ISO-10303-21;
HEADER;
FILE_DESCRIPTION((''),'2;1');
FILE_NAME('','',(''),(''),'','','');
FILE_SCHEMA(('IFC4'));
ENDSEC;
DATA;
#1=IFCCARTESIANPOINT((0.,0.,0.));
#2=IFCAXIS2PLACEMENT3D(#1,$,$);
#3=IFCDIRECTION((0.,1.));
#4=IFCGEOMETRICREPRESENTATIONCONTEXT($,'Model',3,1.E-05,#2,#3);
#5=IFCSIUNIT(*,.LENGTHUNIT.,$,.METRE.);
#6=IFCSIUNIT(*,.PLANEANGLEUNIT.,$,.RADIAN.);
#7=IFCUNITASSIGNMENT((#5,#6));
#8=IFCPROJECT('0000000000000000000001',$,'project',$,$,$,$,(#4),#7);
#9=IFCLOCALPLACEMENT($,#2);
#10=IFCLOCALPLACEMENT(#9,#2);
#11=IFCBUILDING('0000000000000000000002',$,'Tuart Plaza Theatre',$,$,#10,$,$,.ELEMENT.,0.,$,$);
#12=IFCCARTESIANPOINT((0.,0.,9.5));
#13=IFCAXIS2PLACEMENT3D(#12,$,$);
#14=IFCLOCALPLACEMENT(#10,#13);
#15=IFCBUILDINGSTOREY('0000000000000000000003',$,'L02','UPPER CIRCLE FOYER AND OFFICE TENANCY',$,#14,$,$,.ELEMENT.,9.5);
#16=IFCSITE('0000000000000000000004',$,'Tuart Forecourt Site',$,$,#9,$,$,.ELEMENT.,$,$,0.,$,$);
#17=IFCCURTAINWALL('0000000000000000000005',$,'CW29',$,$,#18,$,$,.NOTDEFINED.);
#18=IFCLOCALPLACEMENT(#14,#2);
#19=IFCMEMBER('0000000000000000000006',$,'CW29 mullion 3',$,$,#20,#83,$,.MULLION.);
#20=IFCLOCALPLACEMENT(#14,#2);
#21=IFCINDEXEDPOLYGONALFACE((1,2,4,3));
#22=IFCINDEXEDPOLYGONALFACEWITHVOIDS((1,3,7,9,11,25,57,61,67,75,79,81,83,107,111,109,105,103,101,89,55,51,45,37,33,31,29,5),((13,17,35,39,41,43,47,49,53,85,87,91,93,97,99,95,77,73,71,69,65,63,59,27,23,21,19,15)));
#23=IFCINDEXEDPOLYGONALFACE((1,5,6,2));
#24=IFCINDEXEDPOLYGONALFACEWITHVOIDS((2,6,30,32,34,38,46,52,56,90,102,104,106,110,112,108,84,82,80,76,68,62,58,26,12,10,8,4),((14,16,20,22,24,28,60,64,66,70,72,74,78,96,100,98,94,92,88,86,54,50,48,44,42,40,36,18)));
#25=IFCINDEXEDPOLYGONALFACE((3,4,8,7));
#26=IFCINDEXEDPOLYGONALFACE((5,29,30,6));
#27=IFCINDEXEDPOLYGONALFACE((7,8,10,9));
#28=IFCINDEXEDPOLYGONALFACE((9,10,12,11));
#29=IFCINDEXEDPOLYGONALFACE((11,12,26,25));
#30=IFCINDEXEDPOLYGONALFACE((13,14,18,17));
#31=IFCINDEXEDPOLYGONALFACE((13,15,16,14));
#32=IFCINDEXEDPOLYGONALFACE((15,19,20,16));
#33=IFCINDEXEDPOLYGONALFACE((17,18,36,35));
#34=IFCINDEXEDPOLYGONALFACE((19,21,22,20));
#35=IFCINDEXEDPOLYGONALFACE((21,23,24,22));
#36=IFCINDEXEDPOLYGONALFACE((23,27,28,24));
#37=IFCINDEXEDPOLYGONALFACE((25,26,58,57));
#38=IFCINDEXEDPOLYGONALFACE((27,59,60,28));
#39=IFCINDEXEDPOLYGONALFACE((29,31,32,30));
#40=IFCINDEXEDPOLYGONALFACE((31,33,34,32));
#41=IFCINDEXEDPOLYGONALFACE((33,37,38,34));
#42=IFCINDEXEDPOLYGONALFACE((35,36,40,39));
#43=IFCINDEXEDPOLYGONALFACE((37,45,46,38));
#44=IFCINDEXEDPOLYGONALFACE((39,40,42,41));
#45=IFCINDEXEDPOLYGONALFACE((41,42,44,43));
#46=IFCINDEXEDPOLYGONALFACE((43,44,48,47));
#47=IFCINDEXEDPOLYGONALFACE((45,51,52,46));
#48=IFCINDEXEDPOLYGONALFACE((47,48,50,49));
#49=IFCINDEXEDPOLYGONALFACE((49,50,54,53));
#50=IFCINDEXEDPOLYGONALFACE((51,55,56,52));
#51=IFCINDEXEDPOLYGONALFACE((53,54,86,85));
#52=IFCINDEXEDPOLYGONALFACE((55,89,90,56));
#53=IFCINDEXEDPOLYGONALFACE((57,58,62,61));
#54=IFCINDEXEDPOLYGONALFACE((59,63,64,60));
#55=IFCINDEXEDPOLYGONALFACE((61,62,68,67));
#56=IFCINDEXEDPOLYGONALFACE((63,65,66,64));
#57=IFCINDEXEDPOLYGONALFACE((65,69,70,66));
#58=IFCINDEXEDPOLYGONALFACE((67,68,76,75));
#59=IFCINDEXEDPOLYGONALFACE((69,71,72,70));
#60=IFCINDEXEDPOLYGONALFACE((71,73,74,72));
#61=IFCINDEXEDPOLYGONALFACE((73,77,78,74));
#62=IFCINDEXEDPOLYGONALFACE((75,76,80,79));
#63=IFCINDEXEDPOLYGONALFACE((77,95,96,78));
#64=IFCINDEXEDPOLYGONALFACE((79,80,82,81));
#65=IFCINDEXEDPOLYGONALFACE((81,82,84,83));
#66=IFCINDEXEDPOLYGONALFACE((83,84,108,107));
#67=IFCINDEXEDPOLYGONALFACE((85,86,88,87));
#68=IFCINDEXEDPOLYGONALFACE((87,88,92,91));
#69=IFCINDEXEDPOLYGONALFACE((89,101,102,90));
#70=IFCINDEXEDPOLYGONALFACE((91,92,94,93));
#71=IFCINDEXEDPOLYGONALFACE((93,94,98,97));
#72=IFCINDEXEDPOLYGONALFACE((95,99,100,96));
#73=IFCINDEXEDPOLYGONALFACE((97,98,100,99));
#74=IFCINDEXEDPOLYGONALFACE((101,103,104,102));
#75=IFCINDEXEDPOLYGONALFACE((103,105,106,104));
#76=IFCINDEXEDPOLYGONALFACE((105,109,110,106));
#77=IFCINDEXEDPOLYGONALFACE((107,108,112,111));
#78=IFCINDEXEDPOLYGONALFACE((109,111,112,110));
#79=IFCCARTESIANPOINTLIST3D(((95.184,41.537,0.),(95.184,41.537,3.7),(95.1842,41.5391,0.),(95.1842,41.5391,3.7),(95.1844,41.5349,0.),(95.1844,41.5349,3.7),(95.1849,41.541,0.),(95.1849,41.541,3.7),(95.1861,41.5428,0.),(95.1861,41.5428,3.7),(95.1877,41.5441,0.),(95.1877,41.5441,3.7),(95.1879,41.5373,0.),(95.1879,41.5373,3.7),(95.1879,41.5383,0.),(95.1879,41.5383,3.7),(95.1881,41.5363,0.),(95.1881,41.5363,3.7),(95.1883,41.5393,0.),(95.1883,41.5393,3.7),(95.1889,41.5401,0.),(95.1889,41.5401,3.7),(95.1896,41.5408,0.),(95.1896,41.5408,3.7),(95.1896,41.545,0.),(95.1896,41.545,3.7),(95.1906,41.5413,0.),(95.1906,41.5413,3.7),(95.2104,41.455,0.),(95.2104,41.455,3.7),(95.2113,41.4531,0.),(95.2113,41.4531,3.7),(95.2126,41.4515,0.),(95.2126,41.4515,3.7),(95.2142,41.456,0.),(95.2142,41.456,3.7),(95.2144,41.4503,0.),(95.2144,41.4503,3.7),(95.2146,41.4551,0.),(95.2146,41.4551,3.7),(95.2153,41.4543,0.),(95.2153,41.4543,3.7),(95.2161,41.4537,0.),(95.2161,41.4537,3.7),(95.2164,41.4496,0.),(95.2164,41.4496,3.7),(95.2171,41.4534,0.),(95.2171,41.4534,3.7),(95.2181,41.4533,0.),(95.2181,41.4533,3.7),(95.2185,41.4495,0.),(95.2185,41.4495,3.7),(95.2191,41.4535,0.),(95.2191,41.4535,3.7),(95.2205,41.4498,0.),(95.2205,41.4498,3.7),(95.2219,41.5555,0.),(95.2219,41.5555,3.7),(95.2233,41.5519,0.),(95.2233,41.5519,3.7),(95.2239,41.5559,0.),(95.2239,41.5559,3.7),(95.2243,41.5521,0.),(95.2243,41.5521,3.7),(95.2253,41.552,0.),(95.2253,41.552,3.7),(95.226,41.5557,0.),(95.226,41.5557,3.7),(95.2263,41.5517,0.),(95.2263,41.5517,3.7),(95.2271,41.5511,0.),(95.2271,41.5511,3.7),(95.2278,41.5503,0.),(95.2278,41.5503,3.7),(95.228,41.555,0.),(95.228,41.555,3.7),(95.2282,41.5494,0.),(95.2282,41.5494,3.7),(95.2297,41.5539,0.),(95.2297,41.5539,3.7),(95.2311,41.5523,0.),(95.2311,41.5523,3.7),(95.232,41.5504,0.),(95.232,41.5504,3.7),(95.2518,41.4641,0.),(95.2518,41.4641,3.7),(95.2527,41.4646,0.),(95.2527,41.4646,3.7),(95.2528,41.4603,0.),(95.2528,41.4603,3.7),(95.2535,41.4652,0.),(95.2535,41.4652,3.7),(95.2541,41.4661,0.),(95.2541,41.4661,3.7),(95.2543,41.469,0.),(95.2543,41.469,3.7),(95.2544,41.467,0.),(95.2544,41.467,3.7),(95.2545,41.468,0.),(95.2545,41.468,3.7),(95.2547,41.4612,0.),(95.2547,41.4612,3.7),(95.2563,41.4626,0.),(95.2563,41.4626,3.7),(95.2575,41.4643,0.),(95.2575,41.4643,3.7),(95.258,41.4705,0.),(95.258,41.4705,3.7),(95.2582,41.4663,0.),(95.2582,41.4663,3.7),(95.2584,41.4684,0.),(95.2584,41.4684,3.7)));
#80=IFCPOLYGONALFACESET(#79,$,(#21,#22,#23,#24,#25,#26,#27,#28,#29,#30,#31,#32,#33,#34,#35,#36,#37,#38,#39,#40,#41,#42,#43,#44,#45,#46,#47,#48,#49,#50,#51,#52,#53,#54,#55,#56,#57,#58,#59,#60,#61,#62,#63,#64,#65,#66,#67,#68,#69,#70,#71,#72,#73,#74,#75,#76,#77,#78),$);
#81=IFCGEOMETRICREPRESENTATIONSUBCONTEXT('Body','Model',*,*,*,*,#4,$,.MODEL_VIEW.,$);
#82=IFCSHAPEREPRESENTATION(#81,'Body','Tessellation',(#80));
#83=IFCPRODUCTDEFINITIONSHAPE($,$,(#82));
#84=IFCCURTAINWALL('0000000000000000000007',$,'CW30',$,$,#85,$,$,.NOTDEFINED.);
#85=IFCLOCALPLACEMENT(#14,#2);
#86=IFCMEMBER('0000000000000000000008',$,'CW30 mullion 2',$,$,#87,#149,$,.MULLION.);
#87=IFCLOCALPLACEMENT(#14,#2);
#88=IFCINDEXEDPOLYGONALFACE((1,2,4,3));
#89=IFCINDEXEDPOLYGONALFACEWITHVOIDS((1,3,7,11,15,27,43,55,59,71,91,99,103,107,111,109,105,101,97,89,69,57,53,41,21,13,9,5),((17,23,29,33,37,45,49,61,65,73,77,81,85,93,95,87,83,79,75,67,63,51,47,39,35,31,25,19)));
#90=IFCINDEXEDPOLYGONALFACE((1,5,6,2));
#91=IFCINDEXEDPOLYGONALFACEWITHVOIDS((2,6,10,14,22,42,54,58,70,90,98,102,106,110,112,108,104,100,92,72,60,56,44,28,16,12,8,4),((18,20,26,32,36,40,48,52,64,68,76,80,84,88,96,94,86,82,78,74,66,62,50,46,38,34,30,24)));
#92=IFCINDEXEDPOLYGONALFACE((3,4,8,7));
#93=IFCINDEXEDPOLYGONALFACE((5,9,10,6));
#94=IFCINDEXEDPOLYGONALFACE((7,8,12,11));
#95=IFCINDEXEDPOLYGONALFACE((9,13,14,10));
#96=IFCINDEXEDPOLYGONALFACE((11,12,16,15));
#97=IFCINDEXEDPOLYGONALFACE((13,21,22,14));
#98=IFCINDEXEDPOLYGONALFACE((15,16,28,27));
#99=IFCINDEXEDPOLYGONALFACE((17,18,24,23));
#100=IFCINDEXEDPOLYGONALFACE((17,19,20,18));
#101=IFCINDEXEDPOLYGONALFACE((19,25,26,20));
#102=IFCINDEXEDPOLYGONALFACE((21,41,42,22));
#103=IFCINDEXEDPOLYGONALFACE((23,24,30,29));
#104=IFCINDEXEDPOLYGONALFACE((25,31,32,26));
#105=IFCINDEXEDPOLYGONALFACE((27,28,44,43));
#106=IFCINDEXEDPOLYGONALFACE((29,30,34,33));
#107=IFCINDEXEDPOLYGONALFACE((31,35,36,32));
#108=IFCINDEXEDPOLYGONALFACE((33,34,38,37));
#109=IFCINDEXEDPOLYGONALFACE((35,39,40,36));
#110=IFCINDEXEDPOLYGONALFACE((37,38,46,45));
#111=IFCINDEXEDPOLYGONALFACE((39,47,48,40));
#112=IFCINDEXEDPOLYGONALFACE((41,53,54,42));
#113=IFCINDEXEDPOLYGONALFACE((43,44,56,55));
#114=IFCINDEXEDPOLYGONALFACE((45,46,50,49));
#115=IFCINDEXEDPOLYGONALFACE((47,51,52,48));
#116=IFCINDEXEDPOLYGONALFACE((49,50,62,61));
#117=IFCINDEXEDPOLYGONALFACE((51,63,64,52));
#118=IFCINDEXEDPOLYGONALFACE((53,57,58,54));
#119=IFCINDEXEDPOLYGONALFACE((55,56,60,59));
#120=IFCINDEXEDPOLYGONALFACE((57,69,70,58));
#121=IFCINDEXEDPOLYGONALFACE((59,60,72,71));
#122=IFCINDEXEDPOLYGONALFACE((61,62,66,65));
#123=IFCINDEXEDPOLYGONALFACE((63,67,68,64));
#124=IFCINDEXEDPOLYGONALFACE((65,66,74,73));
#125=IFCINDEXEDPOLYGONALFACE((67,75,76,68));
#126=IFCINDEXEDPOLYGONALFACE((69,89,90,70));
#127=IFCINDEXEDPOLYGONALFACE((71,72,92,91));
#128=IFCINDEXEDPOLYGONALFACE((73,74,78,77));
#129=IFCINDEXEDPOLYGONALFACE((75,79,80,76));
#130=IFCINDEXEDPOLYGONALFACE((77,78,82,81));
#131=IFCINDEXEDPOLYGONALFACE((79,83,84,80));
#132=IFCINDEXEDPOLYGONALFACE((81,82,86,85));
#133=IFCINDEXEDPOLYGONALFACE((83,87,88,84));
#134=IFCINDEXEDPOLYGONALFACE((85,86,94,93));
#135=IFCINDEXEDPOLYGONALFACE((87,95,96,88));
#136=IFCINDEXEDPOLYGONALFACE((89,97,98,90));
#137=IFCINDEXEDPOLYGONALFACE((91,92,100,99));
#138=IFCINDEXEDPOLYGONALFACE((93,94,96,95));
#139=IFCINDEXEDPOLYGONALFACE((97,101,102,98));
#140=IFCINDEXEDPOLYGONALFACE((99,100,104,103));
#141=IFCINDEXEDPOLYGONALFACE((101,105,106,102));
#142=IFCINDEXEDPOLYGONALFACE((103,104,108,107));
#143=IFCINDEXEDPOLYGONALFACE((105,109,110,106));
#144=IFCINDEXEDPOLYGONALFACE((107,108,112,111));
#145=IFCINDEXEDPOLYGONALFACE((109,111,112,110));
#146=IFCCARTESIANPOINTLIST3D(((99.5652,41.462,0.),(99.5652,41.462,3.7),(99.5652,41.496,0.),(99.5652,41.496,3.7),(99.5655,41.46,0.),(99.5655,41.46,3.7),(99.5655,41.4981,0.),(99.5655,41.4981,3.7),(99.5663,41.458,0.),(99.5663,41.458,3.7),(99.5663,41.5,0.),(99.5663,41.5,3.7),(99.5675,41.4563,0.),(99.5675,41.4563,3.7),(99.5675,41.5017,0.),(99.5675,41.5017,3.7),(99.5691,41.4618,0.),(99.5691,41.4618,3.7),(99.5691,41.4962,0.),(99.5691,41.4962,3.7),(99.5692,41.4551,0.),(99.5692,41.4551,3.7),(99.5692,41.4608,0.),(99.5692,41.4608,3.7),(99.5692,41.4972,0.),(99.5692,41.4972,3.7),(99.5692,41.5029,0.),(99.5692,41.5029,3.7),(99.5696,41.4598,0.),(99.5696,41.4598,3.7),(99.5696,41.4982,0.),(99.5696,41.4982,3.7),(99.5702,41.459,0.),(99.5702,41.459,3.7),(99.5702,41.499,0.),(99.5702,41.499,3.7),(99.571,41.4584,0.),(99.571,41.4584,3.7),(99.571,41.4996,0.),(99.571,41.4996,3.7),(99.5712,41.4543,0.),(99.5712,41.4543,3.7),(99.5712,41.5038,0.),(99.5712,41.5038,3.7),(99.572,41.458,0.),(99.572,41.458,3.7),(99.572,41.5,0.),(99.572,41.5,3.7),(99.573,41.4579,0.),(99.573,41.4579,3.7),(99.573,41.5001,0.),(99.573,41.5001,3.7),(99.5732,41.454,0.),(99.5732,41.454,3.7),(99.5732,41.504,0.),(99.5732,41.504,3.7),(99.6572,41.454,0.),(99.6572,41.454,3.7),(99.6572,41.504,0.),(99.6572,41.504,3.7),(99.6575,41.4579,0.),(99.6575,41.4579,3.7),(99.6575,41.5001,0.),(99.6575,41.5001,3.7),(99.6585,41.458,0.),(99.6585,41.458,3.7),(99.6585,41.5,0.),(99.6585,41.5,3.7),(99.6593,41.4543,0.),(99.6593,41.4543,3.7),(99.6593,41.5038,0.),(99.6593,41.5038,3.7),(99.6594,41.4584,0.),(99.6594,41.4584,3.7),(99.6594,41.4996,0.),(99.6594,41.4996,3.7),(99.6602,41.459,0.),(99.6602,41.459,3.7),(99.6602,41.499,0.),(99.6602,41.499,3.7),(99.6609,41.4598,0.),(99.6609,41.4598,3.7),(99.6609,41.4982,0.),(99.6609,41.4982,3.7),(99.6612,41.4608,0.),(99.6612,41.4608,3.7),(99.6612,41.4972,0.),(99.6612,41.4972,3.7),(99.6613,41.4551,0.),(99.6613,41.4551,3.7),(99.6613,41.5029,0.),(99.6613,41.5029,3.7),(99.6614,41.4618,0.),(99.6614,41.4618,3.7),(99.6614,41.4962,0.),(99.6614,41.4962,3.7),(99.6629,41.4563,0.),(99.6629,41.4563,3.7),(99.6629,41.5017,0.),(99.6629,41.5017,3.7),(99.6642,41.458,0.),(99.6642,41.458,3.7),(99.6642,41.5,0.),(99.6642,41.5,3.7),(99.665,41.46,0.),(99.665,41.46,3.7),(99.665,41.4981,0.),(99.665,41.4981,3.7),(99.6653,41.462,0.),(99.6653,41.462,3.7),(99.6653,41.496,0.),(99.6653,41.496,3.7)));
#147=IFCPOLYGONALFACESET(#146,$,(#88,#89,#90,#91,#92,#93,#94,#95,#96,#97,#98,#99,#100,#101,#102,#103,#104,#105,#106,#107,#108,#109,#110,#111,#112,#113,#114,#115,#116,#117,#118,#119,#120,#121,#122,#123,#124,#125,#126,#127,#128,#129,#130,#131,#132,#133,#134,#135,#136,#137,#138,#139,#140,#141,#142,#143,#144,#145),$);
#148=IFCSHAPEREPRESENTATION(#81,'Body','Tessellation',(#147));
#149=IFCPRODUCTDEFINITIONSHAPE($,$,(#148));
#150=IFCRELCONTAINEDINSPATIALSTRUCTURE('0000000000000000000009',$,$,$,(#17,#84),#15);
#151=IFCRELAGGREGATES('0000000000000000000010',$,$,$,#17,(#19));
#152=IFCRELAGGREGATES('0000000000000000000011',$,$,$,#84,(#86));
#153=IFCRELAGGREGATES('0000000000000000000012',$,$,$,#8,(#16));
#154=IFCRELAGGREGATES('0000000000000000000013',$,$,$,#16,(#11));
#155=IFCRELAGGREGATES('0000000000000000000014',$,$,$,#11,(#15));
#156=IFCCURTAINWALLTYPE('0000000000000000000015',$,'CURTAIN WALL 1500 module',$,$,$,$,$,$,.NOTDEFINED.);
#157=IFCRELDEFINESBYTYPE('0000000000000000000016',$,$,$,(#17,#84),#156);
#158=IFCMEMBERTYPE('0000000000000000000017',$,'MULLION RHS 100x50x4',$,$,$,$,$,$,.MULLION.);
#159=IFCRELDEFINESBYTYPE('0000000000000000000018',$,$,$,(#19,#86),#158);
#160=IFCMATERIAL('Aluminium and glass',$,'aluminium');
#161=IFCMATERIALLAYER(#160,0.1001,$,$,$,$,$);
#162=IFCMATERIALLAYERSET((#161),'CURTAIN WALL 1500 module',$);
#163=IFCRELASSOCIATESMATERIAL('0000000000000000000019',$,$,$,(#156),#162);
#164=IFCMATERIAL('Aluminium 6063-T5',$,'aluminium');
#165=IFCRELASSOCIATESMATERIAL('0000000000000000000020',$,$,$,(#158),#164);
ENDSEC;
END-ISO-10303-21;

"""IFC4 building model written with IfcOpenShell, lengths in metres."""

from ifc_helpers import new_model, si_unit, direction, frame, origin, origin_2d, place, context, subcontext, project, spatial, hollow_rectangle, extrude, material, layer, layer_set, material_profile, profile_set, type_object, element, aggregate, save


model = new_model("IFC4")

# Units and contexts
model_context = context("Model", 3, precision=1e-05, world=origin(), true_north=direction((0.0, 1.0)))
body_context = subcontext(model_context, "Body", "Model", "MODEL_VIEW")
ifc_project = project(units=[si_unit("LENGTHUNIT", "METRE"), si_unit("PLANEANGLEUNIT", "RADIAN")], contexts=[model_context])

# Site, building, storey
site_placement = place(None, origin())
site = spatial("IfcSite", under=ifc_project, at=site_placement, Name="Tuart Forecourt Site", CompositionType="ELEMENT", RefElevation=0.0)
building_placement = place(site_placement, origin())
building = spatial("IfcBuilding", under=site, at=building_placement, Name="Tuart Plaza Theatre", CompositionType="ELEMENT", ElevationOfRefHeight=0.0)
storey_placement = place(building_placement, frame((0.0, 0.0, 9.5)))
storey = spatial("IfcBuildingStorey", under=building, at=storey_placement, Name="L02", Description="UPPER CIRCLE FOYER AND OFFICE TENANCY", CompositionType="ELEMENT", Elevation=9.5)

# Curtain wall, member
ifc_material_1 = material(Name="Aluminium and glass", Category="aluminium")
ifc_layer_1 = layer(ifc_material_1, 0.1001)
ifc_layer_set_1 = layer_set([ifc_layer_1], Name="CURTAIN WALL 1500 module")
curtain_wall_type = type_object("IfcCurtainWallType", Name="CURTAIN WALL 1500 module", PredefinedType="NOTDEFINED", material=ifc_layer_set_1)
curtain_wall_1_placement = place(storey_placement, origin())
curtain_wall_1 = element("IfcCurtainWall", 1, at=curtain_wall_1_placement, inside=storey, type_object=curtain_wall_type, Name="CW29", PredefinedType="NOTDEFINED")
ifc_material_2 = material(Name="Aluminium 6063-T5", Category="aluminium")
ifc_material_profile_1 = material_profile(ifc_material_2, hollow_rectangle(XDim=0.05, YDim=0.1001, WallThickness=0.0039, InnerFilletRadius=0.0039, OuterFilletRadius=0.0081, at=origin_2d()), Name="RHS 100x50x4")
ifc_profile_set_1 = profile_set([ifc_material_profile_1], Name="Aluminium 6063-T5")
member_type_1 = type_object("IfcMemberType", Name="MULLION RHS 100x50x4", PredefinedType="MULLION", material=ifc_profile_set_1)
member_1_placement = place(storey_placement, frame((95.2212, 41.5027, 0.0), z_axis=(0.0, 0.0, 1.0), x_axis=(0.951056, 0.309018, 0.0)))
member_1 = element("IfcMember", 2, at=member_1_placement, type_object=member_type_1, Name="CW29 mullion 3", PredefinedType="MULLION", context=body_context, shape_type="SweptSolid", body=[
    extrude(hollow_rectangle(XDim=0.05, YDim=0.1001, WallThickness=0.0039, InnerFilletRadius=0.0039, OuterFilletRadius=0.0081, at=origin_2d()), origin(), (0.0, 0.0, 1.0), 3.7),
])

# Curtain wall, member
curtain_wall_2_placement = place(storey_placement, origin())
curtain_wall_2 = element("IfcCurtainWall", 3, at=curtain_wall_2_placement, inside=storey, type_object=curtain_wall_type, Name="CW30", PredefinedType="NOTDEFINED")
member_2_placement = place(storey_placement, frame((99.6152, 41.479, 0.0), z_axis=(0.0, 0.0, 1.0), x_axis=(0.0, 1.0, 0.0)))
member_2 = element("IfcMember", 4, at=member_2_placement, type_object=member_type_1, Name="CW30 mullion 2", PredefinedType="MULLION", context=body_context, shape_type="SweptSolid", body=[
    extrude(hollow_rectangle(XDim=0.05, YDim=0.1001, WallThickness=0.0039, InnerFilletRadius=0.0039, OuterFilletRadius=0.0081, at=origin_2d()), origin(), (0.0, 0.0, 1.0), 3.7),
])

aggregate(curtain_wall_1, [member_1])
aggregate(curtain_wall_2, [member_2])

save(model, "model.ifc")
